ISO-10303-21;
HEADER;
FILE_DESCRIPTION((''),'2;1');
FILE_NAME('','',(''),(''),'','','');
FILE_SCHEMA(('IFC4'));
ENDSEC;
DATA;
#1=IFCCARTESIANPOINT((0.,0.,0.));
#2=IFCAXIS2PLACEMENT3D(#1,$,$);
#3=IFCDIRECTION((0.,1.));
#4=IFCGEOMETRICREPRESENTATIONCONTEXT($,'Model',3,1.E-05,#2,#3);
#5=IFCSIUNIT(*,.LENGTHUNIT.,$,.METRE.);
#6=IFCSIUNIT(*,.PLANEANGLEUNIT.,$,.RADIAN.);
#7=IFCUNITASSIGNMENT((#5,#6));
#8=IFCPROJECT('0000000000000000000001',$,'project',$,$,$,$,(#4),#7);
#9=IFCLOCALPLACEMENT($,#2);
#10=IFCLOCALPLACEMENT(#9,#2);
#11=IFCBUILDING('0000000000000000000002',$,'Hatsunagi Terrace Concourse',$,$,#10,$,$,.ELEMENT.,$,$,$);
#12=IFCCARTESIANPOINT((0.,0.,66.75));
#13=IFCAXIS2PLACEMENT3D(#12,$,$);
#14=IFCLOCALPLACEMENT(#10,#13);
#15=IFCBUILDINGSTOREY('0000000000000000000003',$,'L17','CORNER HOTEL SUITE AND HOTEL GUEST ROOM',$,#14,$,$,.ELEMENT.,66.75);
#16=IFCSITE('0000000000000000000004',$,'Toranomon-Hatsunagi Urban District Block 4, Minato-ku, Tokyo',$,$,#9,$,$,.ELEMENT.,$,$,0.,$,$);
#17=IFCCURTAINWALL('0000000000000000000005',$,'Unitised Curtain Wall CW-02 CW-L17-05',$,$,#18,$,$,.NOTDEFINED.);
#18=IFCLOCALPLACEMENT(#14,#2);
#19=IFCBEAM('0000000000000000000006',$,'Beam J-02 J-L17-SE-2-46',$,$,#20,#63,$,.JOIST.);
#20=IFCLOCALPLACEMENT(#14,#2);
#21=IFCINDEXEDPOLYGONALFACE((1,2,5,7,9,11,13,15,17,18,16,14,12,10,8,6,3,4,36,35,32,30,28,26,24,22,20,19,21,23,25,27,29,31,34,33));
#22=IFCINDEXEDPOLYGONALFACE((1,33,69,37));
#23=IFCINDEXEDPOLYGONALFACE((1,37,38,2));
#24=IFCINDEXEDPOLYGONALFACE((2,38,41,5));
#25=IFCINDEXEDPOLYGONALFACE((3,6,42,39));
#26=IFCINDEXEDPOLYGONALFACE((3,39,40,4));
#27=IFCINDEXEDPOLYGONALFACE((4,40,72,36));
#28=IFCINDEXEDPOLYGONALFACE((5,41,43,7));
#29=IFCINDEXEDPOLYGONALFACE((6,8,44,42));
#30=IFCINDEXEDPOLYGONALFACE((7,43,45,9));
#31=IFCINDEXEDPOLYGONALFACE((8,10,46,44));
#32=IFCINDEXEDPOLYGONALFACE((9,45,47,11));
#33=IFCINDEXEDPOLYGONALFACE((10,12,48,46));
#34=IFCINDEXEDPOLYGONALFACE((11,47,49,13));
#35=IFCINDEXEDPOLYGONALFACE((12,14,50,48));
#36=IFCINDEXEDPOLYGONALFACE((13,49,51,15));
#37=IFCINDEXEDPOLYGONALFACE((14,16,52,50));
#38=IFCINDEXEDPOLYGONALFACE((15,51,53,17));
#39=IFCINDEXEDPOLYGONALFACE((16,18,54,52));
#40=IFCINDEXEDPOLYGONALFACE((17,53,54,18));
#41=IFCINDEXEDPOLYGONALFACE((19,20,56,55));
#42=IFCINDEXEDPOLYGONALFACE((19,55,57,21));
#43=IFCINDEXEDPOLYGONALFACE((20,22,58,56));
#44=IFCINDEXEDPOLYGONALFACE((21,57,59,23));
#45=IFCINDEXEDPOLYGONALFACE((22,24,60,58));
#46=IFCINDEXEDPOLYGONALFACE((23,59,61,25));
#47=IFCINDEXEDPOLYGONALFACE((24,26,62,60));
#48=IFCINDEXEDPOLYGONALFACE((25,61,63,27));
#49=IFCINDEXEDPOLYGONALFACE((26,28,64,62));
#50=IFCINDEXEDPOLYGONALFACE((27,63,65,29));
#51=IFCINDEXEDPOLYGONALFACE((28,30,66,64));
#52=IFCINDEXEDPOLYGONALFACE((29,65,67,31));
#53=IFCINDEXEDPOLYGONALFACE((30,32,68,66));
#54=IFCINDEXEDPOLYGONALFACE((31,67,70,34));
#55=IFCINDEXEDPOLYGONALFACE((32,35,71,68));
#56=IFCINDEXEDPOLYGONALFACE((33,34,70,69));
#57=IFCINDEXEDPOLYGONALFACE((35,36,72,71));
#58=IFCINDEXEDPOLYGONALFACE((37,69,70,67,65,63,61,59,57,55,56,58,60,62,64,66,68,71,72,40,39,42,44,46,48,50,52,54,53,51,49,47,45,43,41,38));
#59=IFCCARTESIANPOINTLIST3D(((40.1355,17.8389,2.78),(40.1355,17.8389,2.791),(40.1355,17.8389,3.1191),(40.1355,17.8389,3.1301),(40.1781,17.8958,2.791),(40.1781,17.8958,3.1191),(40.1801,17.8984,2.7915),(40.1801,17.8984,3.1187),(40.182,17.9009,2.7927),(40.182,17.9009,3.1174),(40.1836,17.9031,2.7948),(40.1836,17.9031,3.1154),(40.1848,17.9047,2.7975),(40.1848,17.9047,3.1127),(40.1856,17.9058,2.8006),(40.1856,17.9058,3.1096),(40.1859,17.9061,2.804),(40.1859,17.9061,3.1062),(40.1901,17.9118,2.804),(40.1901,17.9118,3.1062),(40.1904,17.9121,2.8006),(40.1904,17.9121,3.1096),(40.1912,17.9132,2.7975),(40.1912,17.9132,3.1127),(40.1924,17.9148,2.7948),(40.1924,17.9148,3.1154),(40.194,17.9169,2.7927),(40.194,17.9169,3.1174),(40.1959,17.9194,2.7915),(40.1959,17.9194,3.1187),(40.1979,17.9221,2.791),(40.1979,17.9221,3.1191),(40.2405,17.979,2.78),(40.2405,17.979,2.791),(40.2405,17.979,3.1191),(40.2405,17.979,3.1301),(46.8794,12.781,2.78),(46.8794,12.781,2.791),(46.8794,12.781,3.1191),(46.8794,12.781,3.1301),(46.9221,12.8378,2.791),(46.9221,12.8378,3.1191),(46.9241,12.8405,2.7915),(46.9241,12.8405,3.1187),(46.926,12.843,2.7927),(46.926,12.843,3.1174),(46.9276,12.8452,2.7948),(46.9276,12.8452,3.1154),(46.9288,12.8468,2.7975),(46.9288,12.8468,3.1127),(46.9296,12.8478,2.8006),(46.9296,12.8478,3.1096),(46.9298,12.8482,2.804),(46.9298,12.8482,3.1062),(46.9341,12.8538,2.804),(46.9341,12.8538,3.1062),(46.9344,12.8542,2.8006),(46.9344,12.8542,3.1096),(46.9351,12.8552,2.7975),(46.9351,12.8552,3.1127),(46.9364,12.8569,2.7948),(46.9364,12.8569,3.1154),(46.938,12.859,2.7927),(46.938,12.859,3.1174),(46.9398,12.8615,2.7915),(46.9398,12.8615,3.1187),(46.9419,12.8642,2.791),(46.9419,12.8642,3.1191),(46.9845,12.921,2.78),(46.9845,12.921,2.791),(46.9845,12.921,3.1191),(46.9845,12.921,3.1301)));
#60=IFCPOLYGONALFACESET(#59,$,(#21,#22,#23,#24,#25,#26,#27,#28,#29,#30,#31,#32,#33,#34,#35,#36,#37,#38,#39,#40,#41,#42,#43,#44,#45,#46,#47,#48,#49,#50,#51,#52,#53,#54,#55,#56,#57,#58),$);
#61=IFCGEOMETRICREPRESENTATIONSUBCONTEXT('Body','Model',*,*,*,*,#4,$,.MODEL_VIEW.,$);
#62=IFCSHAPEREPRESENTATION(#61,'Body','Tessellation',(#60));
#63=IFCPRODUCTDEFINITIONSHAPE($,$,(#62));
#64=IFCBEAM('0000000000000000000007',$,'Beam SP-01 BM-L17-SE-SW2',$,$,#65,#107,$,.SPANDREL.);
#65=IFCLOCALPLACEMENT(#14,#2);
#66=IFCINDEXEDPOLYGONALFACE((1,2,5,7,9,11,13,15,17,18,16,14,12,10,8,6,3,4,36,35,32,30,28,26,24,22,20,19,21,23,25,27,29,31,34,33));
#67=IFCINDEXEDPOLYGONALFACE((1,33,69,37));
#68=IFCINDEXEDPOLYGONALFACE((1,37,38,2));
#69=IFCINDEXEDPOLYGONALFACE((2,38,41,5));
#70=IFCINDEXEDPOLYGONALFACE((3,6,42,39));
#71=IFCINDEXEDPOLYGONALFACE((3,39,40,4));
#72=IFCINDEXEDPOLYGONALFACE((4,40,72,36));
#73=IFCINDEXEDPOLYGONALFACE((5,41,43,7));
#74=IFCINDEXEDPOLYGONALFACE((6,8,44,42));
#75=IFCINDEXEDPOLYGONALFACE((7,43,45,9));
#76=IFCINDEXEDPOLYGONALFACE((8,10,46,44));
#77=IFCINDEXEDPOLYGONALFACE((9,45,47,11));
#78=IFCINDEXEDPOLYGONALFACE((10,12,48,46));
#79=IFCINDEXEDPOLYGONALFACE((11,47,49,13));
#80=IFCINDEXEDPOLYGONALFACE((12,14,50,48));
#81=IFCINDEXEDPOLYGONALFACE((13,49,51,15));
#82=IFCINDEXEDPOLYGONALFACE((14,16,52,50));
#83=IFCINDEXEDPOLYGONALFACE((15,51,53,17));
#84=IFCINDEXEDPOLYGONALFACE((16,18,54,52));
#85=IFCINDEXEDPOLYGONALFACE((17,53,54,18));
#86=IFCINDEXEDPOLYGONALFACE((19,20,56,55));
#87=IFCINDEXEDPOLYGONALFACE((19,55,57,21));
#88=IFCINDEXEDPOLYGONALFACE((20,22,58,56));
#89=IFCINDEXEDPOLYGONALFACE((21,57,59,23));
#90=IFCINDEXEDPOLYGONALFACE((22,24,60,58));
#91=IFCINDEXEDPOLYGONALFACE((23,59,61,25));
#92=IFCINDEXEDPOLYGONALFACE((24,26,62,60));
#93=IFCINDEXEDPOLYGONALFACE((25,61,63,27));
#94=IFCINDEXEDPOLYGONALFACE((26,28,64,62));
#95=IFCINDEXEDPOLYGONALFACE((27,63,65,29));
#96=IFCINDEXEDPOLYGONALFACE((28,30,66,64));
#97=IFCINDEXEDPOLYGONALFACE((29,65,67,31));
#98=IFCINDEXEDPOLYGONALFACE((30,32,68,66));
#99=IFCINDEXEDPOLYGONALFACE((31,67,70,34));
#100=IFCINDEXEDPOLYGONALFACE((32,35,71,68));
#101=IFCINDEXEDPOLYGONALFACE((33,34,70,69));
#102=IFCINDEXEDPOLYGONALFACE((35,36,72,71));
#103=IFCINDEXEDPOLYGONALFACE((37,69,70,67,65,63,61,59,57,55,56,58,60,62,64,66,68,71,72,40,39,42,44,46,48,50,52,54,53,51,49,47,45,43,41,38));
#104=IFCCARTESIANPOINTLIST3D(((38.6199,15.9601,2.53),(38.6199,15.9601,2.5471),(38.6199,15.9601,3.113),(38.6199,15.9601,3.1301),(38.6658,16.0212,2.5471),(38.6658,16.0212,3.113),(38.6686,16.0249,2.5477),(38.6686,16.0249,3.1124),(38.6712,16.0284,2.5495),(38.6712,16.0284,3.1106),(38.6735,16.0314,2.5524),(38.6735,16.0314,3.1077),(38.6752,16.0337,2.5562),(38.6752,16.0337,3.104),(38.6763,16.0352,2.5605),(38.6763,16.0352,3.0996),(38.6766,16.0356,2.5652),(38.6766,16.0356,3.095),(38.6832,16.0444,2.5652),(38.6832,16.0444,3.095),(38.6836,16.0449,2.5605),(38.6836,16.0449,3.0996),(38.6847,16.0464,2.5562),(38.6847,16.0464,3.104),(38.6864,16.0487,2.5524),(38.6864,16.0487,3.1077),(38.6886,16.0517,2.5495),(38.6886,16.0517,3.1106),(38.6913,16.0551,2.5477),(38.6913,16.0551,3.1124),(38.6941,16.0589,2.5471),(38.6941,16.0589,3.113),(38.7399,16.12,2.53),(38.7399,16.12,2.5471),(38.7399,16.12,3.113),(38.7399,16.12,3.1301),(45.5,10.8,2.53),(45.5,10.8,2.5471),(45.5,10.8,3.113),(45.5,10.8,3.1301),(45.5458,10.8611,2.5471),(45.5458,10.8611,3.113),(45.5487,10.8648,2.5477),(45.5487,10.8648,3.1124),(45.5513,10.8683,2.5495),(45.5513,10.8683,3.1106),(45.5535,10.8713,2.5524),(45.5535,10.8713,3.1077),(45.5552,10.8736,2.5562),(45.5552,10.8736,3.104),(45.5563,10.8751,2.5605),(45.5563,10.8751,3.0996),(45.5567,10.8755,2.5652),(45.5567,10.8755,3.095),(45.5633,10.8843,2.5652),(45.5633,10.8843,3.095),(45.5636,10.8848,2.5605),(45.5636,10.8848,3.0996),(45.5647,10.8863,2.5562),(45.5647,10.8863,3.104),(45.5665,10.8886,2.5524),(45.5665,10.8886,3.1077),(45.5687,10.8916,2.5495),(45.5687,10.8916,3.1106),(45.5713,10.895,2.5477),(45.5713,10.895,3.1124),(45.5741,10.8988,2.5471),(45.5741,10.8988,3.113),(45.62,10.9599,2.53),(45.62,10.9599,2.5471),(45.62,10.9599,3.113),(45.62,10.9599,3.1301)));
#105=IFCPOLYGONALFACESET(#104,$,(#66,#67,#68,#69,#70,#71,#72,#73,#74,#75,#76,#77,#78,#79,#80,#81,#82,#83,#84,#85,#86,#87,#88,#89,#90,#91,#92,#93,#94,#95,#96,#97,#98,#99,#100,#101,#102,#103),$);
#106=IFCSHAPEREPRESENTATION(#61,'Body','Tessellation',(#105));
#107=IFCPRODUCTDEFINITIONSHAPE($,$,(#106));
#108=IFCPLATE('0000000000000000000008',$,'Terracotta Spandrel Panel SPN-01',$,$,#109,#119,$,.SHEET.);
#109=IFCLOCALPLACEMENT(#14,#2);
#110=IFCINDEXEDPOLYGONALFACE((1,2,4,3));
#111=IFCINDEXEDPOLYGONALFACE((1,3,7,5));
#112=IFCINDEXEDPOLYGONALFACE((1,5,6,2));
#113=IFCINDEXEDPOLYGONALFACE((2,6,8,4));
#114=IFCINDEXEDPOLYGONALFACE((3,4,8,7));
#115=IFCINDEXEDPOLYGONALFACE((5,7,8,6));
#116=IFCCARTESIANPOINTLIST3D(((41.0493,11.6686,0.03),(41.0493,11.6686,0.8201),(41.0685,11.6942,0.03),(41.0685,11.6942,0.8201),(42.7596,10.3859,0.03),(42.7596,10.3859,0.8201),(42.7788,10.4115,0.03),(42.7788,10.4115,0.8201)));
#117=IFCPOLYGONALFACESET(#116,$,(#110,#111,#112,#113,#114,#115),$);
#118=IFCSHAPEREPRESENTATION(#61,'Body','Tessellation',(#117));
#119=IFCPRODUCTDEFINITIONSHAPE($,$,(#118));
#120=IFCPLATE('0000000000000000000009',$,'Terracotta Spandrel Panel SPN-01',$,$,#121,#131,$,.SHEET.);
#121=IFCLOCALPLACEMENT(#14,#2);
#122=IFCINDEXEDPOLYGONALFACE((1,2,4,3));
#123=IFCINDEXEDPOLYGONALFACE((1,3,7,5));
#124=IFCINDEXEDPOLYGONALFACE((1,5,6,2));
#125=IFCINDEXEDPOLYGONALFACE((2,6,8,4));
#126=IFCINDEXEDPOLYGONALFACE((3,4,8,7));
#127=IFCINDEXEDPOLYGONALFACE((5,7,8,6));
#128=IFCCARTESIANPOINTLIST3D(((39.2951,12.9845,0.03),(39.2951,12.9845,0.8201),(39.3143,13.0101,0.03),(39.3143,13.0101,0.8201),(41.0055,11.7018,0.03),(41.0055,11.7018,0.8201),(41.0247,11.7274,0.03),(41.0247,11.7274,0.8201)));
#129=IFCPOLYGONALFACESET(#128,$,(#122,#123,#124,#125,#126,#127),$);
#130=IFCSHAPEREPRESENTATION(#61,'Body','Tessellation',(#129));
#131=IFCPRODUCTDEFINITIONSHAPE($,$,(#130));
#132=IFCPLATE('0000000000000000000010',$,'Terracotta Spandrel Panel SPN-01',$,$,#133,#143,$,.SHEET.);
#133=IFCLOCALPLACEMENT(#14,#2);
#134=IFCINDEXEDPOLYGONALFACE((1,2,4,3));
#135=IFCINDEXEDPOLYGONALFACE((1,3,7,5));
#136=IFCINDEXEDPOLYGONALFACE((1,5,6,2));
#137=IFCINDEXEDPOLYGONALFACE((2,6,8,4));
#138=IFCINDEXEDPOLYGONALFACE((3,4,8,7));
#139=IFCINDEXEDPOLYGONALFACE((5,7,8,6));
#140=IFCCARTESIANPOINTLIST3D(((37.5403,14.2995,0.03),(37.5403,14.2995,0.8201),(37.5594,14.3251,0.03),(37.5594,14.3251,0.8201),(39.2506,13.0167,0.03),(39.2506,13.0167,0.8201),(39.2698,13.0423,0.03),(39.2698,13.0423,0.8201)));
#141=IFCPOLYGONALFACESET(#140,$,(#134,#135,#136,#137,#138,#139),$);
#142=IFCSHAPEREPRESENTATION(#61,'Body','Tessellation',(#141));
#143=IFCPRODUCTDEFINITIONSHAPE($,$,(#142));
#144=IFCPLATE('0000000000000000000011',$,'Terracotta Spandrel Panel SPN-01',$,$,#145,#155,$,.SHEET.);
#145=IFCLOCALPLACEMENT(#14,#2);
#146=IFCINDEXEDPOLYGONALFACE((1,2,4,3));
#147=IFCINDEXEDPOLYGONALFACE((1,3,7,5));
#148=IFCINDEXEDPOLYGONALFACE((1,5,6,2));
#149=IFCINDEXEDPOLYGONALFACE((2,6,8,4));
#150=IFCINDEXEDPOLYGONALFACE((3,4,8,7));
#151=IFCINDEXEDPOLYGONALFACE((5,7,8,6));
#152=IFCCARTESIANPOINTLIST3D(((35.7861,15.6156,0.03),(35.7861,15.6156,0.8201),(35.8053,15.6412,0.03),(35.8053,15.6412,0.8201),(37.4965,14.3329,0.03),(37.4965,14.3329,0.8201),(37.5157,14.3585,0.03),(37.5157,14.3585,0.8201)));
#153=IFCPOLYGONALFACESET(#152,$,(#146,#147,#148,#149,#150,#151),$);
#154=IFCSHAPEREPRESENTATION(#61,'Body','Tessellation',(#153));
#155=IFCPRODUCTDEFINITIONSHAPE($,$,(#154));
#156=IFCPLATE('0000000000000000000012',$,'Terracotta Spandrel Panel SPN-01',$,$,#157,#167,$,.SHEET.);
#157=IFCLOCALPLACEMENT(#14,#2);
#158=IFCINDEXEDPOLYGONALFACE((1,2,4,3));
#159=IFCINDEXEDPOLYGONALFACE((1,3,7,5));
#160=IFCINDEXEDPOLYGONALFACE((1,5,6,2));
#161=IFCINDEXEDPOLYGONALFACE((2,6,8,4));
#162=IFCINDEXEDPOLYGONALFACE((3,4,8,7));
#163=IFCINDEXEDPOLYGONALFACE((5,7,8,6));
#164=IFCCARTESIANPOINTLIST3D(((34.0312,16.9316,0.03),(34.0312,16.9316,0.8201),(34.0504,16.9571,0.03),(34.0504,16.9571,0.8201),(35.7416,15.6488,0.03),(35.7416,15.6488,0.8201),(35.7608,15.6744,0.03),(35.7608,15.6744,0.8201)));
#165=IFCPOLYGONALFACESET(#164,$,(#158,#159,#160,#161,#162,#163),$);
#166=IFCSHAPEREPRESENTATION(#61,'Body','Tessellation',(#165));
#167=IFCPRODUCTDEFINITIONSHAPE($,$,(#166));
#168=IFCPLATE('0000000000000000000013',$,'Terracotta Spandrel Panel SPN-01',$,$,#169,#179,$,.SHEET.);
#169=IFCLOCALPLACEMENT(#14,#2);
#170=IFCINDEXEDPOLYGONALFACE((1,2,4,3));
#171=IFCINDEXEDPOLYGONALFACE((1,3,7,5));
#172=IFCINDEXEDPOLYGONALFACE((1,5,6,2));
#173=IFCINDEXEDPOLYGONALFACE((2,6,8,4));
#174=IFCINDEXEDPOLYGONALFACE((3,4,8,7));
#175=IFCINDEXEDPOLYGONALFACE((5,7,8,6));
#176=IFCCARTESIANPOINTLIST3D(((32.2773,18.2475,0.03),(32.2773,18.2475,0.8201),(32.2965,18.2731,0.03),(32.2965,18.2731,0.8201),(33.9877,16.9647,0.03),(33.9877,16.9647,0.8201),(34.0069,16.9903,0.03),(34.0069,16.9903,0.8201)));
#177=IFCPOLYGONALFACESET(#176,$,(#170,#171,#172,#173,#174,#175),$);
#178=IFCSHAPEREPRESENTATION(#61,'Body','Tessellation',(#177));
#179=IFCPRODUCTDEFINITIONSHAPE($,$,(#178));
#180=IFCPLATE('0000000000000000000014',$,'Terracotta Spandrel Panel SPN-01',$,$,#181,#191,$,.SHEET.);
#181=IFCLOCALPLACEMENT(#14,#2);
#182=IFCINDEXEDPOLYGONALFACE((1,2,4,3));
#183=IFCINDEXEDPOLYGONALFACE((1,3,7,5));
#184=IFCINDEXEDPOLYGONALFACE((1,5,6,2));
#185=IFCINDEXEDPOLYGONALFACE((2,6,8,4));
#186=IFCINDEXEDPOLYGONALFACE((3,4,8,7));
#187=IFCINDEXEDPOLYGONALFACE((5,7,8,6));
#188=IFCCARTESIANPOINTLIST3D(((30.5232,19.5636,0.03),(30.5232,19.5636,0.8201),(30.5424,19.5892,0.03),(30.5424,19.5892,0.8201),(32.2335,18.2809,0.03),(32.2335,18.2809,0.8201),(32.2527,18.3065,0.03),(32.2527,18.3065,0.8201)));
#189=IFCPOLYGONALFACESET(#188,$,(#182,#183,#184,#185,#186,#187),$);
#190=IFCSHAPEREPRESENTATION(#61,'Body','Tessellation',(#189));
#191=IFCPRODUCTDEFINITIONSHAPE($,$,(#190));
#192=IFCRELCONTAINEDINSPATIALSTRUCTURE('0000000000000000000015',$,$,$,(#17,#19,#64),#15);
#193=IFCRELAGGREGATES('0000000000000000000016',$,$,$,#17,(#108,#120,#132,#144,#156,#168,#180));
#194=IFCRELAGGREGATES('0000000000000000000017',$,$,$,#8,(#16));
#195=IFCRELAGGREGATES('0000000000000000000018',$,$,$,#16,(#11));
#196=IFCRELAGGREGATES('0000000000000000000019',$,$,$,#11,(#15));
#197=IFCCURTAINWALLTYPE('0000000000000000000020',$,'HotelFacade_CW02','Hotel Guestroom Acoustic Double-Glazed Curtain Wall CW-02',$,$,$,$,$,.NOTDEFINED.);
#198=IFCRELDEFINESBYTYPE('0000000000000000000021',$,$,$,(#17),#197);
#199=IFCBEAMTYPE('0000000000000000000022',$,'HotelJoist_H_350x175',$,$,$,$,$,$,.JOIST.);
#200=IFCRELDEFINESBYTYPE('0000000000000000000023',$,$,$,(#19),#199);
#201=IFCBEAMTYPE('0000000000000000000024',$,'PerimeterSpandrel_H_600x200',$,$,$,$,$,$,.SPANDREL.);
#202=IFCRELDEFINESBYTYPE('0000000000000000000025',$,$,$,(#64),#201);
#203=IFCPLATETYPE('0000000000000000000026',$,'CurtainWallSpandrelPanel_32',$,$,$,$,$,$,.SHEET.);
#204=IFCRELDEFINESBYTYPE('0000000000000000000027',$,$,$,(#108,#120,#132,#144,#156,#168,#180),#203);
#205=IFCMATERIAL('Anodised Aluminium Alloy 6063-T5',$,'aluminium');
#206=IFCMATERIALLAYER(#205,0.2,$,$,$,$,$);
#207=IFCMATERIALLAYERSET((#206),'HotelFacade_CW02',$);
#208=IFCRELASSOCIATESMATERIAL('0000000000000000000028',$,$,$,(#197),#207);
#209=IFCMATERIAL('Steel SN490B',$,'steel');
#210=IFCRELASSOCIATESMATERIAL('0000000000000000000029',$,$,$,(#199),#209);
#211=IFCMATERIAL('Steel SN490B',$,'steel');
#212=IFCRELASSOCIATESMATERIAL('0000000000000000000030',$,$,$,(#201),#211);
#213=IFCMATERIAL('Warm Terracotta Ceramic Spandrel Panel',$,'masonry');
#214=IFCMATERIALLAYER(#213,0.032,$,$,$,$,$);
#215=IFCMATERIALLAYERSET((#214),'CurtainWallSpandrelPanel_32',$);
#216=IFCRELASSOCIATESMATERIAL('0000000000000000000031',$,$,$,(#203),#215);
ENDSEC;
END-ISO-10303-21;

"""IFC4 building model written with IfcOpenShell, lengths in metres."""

from ifc_helpers import new_model, si_unit, direction, frame, origin, origin_2d, place, context, subcontext, project, spatial, rectangle, i_section, extrude, material, layer, layer_set, material_profile, profile_set, type_object, element, aggregate, save


model = new_model("IFC4")

# Units and contexts
model_context = context("Model", 3, precision=1e-05, world=origin(), true_north=direction((0.0, 1.0)))
body_context = subcontext(model_context, "Body", "Model", "MODEL_VIEW")
ifc_project = project(units=[si_unit("LENGTHUNIT", "METRE"), si_unit("PLANEANGLEUNIT", "RADIAN")], contexts=[model_context])

# Site, building, storey
site_placement = place(None, origin())
site = spatial("IfcSite", under=ifc_project, at=site_placement, Name="Toranomon-Hatsunagi Urban District Block 4, Minato-ku, Tokyo", CompositionType="ELEMENT", RefElevation=0.0)
building_placement = place(site_placement, origin())
building = spatial("IfcBuilding", under=site, at=building_placement, Name="Hatsunagi Terrace Concourse", CompositionType="ELEMENT")
storey_placement = place(building_placement, frame((0.0, 0.0, 66.75)))
storey = spatial("IfcBuildingStorey", under=building, at=storey_placement, Name="L17", Description="CORNER HOTEL SUITE AND HOTEL GUEST ROOM", CompositionType="ELEMENT", Elevation=66.75)

# Curtain wall
ifc_material_1 = material(Name="Anodised Aluminium Alloy 6063-T5", Category="aluminium")
ifc_layer_1 = layer(ifc_material_1, 0.2)
ifc_layer_set_1 = layer_set([ifc_layer_1], Name="HotelFacade_CW02")
curtain_wall_type = type_object("IfcCurtainWallType", Name="HotelFacade_CW02", Description="Hotel Guestroom Acoustic Double-Glazed Curtain Wall CW-02", PredefinedType="NOTDEFINED", material=ifc_layer_set_1)
curtain_wall_placement = place(storey_placement, origin())
curtain_wall = element("IfcCurtainWall", 1, at=curtain_wall_placement, inside=storey, type_object=curtain_wall_type, Name="Unitised Curtain Wall CW-02 CW-L17-05", PredefinedType="NOTDEFINED")

# Beams
ifc_material_2 = material(Name="Steel SN490B", Category="steel")
ifc_material_profile_1 = material_profile(ifc_material_2, i_section(OverallWidth=0.175, OverallDepth=0.3501, WebThickness=0.0071, FlangeThickness=0.011, FilletRadius=0.0129, at=origin_2d()), Name="H-350x175x7x11")
ifc_profile_set_1 = profile_set([ifc_material_profile_1], Name="Steel SN490B")
beam_type_1 = type_object("IfcBeamType", Name="HotelJoist_H_350x175", PredefinedType="JOIST", material=ifc_profile_set_1)
beam_1_placement = place(storey_placement, frame((40.188, 17.9089, 2.9551), z_axis=(0.800003, -0.599995, 0.0), x_axis=(0.599995, 0.800003, 0.0)))
element("IfcBeam", 2, at=beam_1_placement, inside=storey, type_object=beam_type_1, Name="Beam J-02 J-L17-SE-2-46", PredefinedType="JOIST", context=body_context, shape_type="SweptSolid", body=[
    extrude(i_section(OverallWidth=0.175, OverallDepth=0.3501, WebThickness=0.0071, FlangeThickness=0.011, FilletRadius=0.0129, at=origin_2d()), origin(), (0.0, 0.0, 1.0), 8.4299),
])
ifc_material_3 = material(Name="Steel SN490B", Category="steel")
ifc_material_profile_2 = material_profile(ifc_material_3, i_section(OverallWidth=0.2, OverallDepth=0.6001, WebThickness=0.011, FlangeThickness=0.0171, FilletRadius=0.0181, at=origin_2d()), Name="H-600x200x11x17")
ifc_profile_set_2 = profile_set([ifc_material_profile_2], Name="Steel SN490B")
beam_type_2 = type_object("IfcBeamType", Name="PerimeterSpandrel_H_600x200", PredefinedType="SPANDREL", material=ifc_profile_set_2)
beam_2_placement = place(storey_placement, frame((38.6799, 16.04, 2.8301), z_axis=(0.799997, -0.600005, 0.0), x_axis=(0.600005, 0.799997, 0.0)))
element("IfcBeam", 3, at=beam_2_placement, inside=storey, type_object=beam_type_2, Name="Beam SP-01 BM-L17-SE-SW2", PredefinedType="SPANDREL", context=body_context, shape_type="SweptSolid", body=[
    extrude(i_section(OverallWidth=0.2, OverallDepth=0.6001, WebThickness=0.011, FlangeThickness=0.0171, FilletRadius=0.0181, at=origin_2d()), origin(), (0.0, 0.0, 1.0), 8.6001),
])

# Plates
ifc_material_4 = material(Name="Warm Terracotta Ceramic Spandrel Panel", Category="masonry")
ifc_layer_2 = layer(ifc_material_4, 0.032)
ifc_layer_set_2 = layer_set([ifc_layer_2], Name="CurtainWallSpandrelPanel_32")
plate_type_1 = type_object("IfcPlateType", Name="CurtainWallSpandrelPanel_32", PredefinedType="SHEET", material=ifc_layer_set_2)
plate_1_placement = place(storey_placement, frame((41.9141, 11.04, 0.03), z_axis=(0.0, 0.0, 1.0), x_axis=(-0.800003, 0.599996, 0.0)))
plate_1 = element("IfcPlate", 4, at=plate_1_placement, type_object=plate_type_1, Name="Terracotta Spandrel Panel SPN-01", PredefinedType="SHEET", context=body_context, shape_type="SweptSolid", body=[
    extrude(rectangle(XDim=2.1379, YDim=0.032, at=origin_2d()), origin(), (0.0, 0.0, 1.0), 0.79),
])
plate_2_placement = place(storey_placement, frame((40.1599, 12.356, 0.03), z_axis=(0.0, 0.0, 1.0), x_axis=(-0.800003, 0.599996, 0.0)))
plate_2 = element("IfcPlate", 5, at=plate_2_placement, type_object=plate_type_1, Name="Terracotta Spandrel Panel SPN-01", PredefinedType="SHEET", context=body_context, shape_type="SweptSolid", body=[
    extrude(rectangle(XDim=2.1379, YDim=0.032, at=origin_2d()), origin(), (0.0, 0.0, 1.0), 0.79),
])
plate_3_placement = place(storey_placement, frame((38.405, 13.6709, 0.03), z_axis=(0.0, 0.0, 1.0), x_axis=(-0.800003, 0.599996, 0.0)))
plate_3 = element("IfcPlate", 6, at=plate_3_placement, type_object=plate_type_1, Name="Terracotta Spandrel Panel SPN-01", PredefinedType="SHEET", context=body_context, shape_type="SweptSolid", body=[
    extrude(rectangle(XDim=2.1379, YDim=0.032, at=origin_2d()), origin(), (0.0, 0.0, 1.0), 0.79),
])
plate_4_placement = place(storey_placement, frame((36.6509, 14.9871, 0.03), z_axis=(0.0, 0.0, 1.0), x_axis=(-0.800003, 0.599996, 0.0)))
plate_4 = element("IfcPlate", 7, at=plate_4_placement, type_object=plate_type_1, Name="Terracotta Spandrel Panel SPN-01", PredefinedType="SHEET", context=body_context, shape_type="SweptSolid", body=[
    extrude(rectangle(XDim=2.1379, YDim=0.032, at=origin_2d()), origin(), (0.0, 0.0, 1.0), 0.79),
])
plate_5_placement = place(storey_placement, frame((34.896, 16.303, 0.03), z_axis=(0.0, 0.0, 1.0), x_axis=(-0.800003, 0.599996, 0.0)))
plate_5 = element("IfcPlate", 8, at=plate_5_placement, type_object=plate_type_1, Name="Terracotta Spandrel Panel SPN-01", PredefinedType="SHEET", context=body_context, shape_type="SweptSolid", body=[
    extrude(rectangle(XDim=2.1379, YDim=0.032, at=origin_2d()), origin(), (0.0, 0.0, 1.0), 0.79),
])
plate_6_placement = place(storey_placement, frame((33.1421, 17.6189, 0.03), z_axis=(0.0, 0.0, 1.0), x_axis=(-0.800003, 0.599996, 0.0)))
plate_6 = element("IfcPlate", 9, at=plate_6_placement, type_object=plate_type_1, Name="Terracotta Spandrel Panel SPN-01", PredefinedType="SHEET", context=body_context, shape_type="SweptSolid", body=[
    extrude(rectangle(XDim=2.1379, YDim=0.032, at=origin_2d()), origin(), (0.0, 0.0, 1.0), 0.79),
])
plate_7_placement = place(storey_placement, frame((31.3879, 18.9351, 0.03), z_axis=(0.0, 0.0, 1.0), x_axis=(-0.800003, 0.599996, 0.0)))
plate_7 = element("IfcPlate", 10, at=plate_7_placement, type_object=plate_type_1, Name="Terracotta Spandrel Panel SPN-01", PredefinedType="SHEET", context=body_context, shape_type="SweptSolid", body=[
    extrude(rectangle(XDim=2.1379, YDim=0.032, at=origin_2d()), origin(), (0.0, 0.0, 1.0), 0.79),
])
aggregate(curtain_wall, [plate_1, plate_2, plate_3, plate_4, plate_5, plate_6, plate_7])

save(model, "model.ifc")
